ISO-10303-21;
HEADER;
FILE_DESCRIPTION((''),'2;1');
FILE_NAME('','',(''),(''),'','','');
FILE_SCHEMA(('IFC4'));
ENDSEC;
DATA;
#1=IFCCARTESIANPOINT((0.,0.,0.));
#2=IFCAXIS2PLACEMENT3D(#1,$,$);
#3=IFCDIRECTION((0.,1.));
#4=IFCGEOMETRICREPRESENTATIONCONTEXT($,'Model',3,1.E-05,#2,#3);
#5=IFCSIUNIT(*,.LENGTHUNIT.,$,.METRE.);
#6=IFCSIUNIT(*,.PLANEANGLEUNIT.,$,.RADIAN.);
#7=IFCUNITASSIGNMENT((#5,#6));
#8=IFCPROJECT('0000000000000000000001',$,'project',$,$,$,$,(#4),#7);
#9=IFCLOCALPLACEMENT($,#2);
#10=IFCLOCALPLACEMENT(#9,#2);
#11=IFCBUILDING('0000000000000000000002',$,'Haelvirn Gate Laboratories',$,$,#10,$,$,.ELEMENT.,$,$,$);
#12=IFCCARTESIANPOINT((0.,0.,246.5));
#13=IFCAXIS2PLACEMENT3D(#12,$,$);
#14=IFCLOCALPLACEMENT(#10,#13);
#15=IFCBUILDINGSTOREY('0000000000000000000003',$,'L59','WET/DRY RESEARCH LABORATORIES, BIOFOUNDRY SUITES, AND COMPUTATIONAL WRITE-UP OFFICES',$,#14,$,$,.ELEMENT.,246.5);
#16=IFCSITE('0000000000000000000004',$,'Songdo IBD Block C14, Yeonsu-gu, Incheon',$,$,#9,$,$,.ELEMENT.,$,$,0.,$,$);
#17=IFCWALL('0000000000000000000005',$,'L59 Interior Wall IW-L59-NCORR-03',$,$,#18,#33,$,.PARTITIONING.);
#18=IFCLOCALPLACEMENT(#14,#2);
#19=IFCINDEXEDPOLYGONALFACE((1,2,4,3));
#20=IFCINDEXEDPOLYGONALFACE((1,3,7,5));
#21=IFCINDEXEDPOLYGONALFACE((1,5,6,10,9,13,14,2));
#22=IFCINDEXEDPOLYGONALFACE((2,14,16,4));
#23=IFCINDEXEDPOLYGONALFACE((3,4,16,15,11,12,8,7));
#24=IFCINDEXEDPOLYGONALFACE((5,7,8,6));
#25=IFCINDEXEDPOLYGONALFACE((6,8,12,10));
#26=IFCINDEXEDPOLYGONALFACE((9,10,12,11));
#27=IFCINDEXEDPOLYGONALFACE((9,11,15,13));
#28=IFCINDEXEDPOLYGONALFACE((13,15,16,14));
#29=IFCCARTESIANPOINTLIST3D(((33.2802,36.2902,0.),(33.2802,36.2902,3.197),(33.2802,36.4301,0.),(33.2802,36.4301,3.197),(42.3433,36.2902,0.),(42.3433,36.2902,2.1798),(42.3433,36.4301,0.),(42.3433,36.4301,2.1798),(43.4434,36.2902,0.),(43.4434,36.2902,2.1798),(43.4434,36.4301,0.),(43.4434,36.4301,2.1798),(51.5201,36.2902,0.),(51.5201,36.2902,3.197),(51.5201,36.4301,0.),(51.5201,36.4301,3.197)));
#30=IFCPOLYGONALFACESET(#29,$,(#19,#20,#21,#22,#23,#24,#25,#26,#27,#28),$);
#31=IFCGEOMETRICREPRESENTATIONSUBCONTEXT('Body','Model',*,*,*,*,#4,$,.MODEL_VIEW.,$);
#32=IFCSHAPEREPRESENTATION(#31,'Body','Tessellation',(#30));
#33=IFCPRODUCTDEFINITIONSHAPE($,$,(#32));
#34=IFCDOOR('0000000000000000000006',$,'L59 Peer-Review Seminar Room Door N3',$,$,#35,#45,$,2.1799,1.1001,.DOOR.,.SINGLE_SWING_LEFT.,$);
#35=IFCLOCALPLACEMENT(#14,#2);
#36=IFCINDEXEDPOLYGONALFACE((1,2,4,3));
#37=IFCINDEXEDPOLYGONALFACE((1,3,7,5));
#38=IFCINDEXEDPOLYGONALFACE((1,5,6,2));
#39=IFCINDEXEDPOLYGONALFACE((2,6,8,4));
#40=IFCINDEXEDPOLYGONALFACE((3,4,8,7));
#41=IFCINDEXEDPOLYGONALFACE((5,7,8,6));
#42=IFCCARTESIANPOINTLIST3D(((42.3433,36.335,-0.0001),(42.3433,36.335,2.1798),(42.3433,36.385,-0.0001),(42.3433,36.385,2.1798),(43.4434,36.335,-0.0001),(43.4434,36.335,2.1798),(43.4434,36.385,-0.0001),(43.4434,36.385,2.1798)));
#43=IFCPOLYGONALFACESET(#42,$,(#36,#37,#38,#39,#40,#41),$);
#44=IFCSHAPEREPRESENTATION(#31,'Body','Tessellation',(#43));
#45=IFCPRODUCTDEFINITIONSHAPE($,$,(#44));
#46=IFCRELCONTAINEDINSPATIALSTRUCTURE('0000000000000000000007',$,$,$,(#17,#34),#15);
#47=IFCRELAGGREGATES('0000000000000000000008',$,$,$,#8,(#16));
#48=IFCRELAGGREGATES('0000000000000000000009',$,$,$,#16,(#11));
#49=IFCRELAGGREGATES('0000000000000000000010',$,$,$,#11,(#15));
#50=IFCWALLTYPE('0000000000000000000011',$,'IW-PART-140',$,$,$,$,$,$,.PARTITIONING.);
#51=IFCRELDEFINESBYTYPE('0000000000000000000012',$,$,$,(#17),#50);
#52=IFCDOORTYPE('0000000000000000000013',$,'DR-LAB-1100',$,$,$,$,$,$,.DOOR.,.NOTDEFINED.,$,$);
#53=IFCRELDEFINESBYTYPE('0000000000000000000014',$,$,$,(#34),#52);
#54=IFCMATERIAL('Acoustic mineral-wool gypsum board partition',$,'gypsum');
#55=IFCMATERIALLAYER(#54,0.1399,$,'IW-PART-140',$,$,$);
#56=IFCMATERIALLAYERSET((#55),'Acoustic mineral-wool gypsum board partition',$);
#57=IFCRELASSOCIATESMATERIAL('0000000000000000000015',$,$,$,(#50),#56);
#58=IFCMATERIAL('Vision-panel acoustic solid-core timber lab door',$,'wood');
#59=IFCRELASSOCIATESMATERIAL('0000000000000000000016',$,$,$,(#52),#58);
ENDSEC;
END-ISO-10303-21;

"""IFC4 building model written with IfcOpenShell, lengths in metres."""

from ifc_helpers import new_model, si_unit, direction, frame, frame_2d, origin, place, context, subcontext, project, spatial, rectangle, extrude, source, transform, mapped, material, layer, layer_set, type_object, type_shapes, element, fill, save


model = new_model("IFC4")

# Units and contexts
model_context = context("Model", 3, precision=1e-05, world=origin(), true_north=direction((0.0, 1.0)))
body_context = subcontext(model_context, "Body", "Model", "MODEL_VIEW")
ifc_project = project(units=[si_unit("LENGTHUNIT", "METRE"), si_unit("PLANEANGLEUNIT", "RADIAN")], contexts=[model_context])

# Site, building, storey
site_placement = place(None, origin())
site = spatial("IfcSite", under=ifc_project, at=site_placement, Name="Songdo IBD Block C14, Yeonsu-gu, Incheon", CompositionType="ELEMENT", RefElevation=0.0)
building_placement = place(site_placement, origin())
building = spatial("IfcBuilding", under=site, at=building_placement, Name="Haelvirn Gate Laboratories", CompositionType="ELEMENT")
storey_placement = place(building_placement, frame((0.0, 0.0, 246.5)))
storey = spatial("IfcBuildingStorey", under=building, at=storey_placement, Name="L59", Description="WET/DRY RESEARCH LABORATORIES, BIOFOUNDRY SUITES, AND COMPUTATIONAL WRITE-UP OFFICES", CompositionType="ELEMENT", Elevation=246.5)

# Wall, opening, door
ifc_material_1 = material(Name="Acoustic mineral-wool gypsum board partition", Category="gypsum")
ifc_layer_1 = layer(ifc_material_1, 0.1399, Name="IW-PART-140")
ifc_layer_set_1 = layer_set([ifc_layer_1], Name="Acoustic mineral-wool gypsum board partition")
wall_type_1 = type_object("IfcWallType", Name="IW-PART-140", PredefinedType="PARTITIONING", material=ifc_layer_set_1)
wall_1_placement = place(storey_placement, frame((33.28, 36.3601, 0.0), z_axis=(0.0, 0.0, 1.0), x_axis=(1.0, 0.0, 0.0)))
wall_1 = element("IfcWall", 1, at=wall_1_placement, inside=storey, type_object=wall_type_1, Name="L59 Interior Wall IW-L59-NCORR-03", PredefinedType="PARTITIONING", context=body_context, shape_type="SweptSolid", body=[
    extrude(rectangle(XDim=18.24, YDim=0.1399, at=frame_2d((9.1201, 0.0))), origin(), (0.0, 0.0, 1.0), 3.197),
])
opening_placement = place(wall_1_placement, frame((9.0632, 0.0, 0.0)))
opening = element("IfcOpeningElement", 2, at=opening_placement, cuts=wall_1, PredefinedType="OPENING", context=body_context, shape_type="SweptSolid", body=[
    extrude(rectangle(XDim=1.1001, YDim=2.1799, at=frame_2d((0.55, 1.0898))), frame((0.0, 0.0801, 0.0), z_axis=(0.0, -1.0, 0.0), x_axis=(1.0, 0.0, 0.0)), (0.0, 0.0, 1.0), 0.1599),
])
ifc_material_2 = material(Name="Vision-panel acoustic solid-core timber lab door", Category="wood")
door_type = type_object("IfcDoorType", Name="DR-LAB-1100", OperationType="NOTDEFINED", PredefinedType="DOOR", material=ifc_material_2)
shared_shape_1 = source(origin(), body_context, "Body", "SweptSolid", [
    extrude(rectangle(XDim=1.1001, YDim=2.1799, at=frame_2d((0.55, 1.0898))), frame((0.0, 0.0249, 0.0), z_axis=(0.0, -1.0, 0.0), x_axis=(1.0, 0.0, 0.0)), (0.0, 0.0, 1.0), 0.05),
])
type_shapes(door_type, [shared_shape_1])
door_placement = place(opening_placement, origin())
door = element("IfcDoor", 3, at=door_placement, inside=storey, type_object=door_type, Name="L59 Peer-Review Seminar Room Door N3", OperationType="SINGLE_SWING_LEFT", OverallHeight=2.1799, OverallWidth=1.1001, PredefinedType="DOOR", context=body_context, shape_type="MappedRepresentation", body=[
    mapped(shared_shape_1, transform((0.0, 0.0, 0.0), scale=1.0)),
])
fill(opening, door)

save(model, "model.ifc")
